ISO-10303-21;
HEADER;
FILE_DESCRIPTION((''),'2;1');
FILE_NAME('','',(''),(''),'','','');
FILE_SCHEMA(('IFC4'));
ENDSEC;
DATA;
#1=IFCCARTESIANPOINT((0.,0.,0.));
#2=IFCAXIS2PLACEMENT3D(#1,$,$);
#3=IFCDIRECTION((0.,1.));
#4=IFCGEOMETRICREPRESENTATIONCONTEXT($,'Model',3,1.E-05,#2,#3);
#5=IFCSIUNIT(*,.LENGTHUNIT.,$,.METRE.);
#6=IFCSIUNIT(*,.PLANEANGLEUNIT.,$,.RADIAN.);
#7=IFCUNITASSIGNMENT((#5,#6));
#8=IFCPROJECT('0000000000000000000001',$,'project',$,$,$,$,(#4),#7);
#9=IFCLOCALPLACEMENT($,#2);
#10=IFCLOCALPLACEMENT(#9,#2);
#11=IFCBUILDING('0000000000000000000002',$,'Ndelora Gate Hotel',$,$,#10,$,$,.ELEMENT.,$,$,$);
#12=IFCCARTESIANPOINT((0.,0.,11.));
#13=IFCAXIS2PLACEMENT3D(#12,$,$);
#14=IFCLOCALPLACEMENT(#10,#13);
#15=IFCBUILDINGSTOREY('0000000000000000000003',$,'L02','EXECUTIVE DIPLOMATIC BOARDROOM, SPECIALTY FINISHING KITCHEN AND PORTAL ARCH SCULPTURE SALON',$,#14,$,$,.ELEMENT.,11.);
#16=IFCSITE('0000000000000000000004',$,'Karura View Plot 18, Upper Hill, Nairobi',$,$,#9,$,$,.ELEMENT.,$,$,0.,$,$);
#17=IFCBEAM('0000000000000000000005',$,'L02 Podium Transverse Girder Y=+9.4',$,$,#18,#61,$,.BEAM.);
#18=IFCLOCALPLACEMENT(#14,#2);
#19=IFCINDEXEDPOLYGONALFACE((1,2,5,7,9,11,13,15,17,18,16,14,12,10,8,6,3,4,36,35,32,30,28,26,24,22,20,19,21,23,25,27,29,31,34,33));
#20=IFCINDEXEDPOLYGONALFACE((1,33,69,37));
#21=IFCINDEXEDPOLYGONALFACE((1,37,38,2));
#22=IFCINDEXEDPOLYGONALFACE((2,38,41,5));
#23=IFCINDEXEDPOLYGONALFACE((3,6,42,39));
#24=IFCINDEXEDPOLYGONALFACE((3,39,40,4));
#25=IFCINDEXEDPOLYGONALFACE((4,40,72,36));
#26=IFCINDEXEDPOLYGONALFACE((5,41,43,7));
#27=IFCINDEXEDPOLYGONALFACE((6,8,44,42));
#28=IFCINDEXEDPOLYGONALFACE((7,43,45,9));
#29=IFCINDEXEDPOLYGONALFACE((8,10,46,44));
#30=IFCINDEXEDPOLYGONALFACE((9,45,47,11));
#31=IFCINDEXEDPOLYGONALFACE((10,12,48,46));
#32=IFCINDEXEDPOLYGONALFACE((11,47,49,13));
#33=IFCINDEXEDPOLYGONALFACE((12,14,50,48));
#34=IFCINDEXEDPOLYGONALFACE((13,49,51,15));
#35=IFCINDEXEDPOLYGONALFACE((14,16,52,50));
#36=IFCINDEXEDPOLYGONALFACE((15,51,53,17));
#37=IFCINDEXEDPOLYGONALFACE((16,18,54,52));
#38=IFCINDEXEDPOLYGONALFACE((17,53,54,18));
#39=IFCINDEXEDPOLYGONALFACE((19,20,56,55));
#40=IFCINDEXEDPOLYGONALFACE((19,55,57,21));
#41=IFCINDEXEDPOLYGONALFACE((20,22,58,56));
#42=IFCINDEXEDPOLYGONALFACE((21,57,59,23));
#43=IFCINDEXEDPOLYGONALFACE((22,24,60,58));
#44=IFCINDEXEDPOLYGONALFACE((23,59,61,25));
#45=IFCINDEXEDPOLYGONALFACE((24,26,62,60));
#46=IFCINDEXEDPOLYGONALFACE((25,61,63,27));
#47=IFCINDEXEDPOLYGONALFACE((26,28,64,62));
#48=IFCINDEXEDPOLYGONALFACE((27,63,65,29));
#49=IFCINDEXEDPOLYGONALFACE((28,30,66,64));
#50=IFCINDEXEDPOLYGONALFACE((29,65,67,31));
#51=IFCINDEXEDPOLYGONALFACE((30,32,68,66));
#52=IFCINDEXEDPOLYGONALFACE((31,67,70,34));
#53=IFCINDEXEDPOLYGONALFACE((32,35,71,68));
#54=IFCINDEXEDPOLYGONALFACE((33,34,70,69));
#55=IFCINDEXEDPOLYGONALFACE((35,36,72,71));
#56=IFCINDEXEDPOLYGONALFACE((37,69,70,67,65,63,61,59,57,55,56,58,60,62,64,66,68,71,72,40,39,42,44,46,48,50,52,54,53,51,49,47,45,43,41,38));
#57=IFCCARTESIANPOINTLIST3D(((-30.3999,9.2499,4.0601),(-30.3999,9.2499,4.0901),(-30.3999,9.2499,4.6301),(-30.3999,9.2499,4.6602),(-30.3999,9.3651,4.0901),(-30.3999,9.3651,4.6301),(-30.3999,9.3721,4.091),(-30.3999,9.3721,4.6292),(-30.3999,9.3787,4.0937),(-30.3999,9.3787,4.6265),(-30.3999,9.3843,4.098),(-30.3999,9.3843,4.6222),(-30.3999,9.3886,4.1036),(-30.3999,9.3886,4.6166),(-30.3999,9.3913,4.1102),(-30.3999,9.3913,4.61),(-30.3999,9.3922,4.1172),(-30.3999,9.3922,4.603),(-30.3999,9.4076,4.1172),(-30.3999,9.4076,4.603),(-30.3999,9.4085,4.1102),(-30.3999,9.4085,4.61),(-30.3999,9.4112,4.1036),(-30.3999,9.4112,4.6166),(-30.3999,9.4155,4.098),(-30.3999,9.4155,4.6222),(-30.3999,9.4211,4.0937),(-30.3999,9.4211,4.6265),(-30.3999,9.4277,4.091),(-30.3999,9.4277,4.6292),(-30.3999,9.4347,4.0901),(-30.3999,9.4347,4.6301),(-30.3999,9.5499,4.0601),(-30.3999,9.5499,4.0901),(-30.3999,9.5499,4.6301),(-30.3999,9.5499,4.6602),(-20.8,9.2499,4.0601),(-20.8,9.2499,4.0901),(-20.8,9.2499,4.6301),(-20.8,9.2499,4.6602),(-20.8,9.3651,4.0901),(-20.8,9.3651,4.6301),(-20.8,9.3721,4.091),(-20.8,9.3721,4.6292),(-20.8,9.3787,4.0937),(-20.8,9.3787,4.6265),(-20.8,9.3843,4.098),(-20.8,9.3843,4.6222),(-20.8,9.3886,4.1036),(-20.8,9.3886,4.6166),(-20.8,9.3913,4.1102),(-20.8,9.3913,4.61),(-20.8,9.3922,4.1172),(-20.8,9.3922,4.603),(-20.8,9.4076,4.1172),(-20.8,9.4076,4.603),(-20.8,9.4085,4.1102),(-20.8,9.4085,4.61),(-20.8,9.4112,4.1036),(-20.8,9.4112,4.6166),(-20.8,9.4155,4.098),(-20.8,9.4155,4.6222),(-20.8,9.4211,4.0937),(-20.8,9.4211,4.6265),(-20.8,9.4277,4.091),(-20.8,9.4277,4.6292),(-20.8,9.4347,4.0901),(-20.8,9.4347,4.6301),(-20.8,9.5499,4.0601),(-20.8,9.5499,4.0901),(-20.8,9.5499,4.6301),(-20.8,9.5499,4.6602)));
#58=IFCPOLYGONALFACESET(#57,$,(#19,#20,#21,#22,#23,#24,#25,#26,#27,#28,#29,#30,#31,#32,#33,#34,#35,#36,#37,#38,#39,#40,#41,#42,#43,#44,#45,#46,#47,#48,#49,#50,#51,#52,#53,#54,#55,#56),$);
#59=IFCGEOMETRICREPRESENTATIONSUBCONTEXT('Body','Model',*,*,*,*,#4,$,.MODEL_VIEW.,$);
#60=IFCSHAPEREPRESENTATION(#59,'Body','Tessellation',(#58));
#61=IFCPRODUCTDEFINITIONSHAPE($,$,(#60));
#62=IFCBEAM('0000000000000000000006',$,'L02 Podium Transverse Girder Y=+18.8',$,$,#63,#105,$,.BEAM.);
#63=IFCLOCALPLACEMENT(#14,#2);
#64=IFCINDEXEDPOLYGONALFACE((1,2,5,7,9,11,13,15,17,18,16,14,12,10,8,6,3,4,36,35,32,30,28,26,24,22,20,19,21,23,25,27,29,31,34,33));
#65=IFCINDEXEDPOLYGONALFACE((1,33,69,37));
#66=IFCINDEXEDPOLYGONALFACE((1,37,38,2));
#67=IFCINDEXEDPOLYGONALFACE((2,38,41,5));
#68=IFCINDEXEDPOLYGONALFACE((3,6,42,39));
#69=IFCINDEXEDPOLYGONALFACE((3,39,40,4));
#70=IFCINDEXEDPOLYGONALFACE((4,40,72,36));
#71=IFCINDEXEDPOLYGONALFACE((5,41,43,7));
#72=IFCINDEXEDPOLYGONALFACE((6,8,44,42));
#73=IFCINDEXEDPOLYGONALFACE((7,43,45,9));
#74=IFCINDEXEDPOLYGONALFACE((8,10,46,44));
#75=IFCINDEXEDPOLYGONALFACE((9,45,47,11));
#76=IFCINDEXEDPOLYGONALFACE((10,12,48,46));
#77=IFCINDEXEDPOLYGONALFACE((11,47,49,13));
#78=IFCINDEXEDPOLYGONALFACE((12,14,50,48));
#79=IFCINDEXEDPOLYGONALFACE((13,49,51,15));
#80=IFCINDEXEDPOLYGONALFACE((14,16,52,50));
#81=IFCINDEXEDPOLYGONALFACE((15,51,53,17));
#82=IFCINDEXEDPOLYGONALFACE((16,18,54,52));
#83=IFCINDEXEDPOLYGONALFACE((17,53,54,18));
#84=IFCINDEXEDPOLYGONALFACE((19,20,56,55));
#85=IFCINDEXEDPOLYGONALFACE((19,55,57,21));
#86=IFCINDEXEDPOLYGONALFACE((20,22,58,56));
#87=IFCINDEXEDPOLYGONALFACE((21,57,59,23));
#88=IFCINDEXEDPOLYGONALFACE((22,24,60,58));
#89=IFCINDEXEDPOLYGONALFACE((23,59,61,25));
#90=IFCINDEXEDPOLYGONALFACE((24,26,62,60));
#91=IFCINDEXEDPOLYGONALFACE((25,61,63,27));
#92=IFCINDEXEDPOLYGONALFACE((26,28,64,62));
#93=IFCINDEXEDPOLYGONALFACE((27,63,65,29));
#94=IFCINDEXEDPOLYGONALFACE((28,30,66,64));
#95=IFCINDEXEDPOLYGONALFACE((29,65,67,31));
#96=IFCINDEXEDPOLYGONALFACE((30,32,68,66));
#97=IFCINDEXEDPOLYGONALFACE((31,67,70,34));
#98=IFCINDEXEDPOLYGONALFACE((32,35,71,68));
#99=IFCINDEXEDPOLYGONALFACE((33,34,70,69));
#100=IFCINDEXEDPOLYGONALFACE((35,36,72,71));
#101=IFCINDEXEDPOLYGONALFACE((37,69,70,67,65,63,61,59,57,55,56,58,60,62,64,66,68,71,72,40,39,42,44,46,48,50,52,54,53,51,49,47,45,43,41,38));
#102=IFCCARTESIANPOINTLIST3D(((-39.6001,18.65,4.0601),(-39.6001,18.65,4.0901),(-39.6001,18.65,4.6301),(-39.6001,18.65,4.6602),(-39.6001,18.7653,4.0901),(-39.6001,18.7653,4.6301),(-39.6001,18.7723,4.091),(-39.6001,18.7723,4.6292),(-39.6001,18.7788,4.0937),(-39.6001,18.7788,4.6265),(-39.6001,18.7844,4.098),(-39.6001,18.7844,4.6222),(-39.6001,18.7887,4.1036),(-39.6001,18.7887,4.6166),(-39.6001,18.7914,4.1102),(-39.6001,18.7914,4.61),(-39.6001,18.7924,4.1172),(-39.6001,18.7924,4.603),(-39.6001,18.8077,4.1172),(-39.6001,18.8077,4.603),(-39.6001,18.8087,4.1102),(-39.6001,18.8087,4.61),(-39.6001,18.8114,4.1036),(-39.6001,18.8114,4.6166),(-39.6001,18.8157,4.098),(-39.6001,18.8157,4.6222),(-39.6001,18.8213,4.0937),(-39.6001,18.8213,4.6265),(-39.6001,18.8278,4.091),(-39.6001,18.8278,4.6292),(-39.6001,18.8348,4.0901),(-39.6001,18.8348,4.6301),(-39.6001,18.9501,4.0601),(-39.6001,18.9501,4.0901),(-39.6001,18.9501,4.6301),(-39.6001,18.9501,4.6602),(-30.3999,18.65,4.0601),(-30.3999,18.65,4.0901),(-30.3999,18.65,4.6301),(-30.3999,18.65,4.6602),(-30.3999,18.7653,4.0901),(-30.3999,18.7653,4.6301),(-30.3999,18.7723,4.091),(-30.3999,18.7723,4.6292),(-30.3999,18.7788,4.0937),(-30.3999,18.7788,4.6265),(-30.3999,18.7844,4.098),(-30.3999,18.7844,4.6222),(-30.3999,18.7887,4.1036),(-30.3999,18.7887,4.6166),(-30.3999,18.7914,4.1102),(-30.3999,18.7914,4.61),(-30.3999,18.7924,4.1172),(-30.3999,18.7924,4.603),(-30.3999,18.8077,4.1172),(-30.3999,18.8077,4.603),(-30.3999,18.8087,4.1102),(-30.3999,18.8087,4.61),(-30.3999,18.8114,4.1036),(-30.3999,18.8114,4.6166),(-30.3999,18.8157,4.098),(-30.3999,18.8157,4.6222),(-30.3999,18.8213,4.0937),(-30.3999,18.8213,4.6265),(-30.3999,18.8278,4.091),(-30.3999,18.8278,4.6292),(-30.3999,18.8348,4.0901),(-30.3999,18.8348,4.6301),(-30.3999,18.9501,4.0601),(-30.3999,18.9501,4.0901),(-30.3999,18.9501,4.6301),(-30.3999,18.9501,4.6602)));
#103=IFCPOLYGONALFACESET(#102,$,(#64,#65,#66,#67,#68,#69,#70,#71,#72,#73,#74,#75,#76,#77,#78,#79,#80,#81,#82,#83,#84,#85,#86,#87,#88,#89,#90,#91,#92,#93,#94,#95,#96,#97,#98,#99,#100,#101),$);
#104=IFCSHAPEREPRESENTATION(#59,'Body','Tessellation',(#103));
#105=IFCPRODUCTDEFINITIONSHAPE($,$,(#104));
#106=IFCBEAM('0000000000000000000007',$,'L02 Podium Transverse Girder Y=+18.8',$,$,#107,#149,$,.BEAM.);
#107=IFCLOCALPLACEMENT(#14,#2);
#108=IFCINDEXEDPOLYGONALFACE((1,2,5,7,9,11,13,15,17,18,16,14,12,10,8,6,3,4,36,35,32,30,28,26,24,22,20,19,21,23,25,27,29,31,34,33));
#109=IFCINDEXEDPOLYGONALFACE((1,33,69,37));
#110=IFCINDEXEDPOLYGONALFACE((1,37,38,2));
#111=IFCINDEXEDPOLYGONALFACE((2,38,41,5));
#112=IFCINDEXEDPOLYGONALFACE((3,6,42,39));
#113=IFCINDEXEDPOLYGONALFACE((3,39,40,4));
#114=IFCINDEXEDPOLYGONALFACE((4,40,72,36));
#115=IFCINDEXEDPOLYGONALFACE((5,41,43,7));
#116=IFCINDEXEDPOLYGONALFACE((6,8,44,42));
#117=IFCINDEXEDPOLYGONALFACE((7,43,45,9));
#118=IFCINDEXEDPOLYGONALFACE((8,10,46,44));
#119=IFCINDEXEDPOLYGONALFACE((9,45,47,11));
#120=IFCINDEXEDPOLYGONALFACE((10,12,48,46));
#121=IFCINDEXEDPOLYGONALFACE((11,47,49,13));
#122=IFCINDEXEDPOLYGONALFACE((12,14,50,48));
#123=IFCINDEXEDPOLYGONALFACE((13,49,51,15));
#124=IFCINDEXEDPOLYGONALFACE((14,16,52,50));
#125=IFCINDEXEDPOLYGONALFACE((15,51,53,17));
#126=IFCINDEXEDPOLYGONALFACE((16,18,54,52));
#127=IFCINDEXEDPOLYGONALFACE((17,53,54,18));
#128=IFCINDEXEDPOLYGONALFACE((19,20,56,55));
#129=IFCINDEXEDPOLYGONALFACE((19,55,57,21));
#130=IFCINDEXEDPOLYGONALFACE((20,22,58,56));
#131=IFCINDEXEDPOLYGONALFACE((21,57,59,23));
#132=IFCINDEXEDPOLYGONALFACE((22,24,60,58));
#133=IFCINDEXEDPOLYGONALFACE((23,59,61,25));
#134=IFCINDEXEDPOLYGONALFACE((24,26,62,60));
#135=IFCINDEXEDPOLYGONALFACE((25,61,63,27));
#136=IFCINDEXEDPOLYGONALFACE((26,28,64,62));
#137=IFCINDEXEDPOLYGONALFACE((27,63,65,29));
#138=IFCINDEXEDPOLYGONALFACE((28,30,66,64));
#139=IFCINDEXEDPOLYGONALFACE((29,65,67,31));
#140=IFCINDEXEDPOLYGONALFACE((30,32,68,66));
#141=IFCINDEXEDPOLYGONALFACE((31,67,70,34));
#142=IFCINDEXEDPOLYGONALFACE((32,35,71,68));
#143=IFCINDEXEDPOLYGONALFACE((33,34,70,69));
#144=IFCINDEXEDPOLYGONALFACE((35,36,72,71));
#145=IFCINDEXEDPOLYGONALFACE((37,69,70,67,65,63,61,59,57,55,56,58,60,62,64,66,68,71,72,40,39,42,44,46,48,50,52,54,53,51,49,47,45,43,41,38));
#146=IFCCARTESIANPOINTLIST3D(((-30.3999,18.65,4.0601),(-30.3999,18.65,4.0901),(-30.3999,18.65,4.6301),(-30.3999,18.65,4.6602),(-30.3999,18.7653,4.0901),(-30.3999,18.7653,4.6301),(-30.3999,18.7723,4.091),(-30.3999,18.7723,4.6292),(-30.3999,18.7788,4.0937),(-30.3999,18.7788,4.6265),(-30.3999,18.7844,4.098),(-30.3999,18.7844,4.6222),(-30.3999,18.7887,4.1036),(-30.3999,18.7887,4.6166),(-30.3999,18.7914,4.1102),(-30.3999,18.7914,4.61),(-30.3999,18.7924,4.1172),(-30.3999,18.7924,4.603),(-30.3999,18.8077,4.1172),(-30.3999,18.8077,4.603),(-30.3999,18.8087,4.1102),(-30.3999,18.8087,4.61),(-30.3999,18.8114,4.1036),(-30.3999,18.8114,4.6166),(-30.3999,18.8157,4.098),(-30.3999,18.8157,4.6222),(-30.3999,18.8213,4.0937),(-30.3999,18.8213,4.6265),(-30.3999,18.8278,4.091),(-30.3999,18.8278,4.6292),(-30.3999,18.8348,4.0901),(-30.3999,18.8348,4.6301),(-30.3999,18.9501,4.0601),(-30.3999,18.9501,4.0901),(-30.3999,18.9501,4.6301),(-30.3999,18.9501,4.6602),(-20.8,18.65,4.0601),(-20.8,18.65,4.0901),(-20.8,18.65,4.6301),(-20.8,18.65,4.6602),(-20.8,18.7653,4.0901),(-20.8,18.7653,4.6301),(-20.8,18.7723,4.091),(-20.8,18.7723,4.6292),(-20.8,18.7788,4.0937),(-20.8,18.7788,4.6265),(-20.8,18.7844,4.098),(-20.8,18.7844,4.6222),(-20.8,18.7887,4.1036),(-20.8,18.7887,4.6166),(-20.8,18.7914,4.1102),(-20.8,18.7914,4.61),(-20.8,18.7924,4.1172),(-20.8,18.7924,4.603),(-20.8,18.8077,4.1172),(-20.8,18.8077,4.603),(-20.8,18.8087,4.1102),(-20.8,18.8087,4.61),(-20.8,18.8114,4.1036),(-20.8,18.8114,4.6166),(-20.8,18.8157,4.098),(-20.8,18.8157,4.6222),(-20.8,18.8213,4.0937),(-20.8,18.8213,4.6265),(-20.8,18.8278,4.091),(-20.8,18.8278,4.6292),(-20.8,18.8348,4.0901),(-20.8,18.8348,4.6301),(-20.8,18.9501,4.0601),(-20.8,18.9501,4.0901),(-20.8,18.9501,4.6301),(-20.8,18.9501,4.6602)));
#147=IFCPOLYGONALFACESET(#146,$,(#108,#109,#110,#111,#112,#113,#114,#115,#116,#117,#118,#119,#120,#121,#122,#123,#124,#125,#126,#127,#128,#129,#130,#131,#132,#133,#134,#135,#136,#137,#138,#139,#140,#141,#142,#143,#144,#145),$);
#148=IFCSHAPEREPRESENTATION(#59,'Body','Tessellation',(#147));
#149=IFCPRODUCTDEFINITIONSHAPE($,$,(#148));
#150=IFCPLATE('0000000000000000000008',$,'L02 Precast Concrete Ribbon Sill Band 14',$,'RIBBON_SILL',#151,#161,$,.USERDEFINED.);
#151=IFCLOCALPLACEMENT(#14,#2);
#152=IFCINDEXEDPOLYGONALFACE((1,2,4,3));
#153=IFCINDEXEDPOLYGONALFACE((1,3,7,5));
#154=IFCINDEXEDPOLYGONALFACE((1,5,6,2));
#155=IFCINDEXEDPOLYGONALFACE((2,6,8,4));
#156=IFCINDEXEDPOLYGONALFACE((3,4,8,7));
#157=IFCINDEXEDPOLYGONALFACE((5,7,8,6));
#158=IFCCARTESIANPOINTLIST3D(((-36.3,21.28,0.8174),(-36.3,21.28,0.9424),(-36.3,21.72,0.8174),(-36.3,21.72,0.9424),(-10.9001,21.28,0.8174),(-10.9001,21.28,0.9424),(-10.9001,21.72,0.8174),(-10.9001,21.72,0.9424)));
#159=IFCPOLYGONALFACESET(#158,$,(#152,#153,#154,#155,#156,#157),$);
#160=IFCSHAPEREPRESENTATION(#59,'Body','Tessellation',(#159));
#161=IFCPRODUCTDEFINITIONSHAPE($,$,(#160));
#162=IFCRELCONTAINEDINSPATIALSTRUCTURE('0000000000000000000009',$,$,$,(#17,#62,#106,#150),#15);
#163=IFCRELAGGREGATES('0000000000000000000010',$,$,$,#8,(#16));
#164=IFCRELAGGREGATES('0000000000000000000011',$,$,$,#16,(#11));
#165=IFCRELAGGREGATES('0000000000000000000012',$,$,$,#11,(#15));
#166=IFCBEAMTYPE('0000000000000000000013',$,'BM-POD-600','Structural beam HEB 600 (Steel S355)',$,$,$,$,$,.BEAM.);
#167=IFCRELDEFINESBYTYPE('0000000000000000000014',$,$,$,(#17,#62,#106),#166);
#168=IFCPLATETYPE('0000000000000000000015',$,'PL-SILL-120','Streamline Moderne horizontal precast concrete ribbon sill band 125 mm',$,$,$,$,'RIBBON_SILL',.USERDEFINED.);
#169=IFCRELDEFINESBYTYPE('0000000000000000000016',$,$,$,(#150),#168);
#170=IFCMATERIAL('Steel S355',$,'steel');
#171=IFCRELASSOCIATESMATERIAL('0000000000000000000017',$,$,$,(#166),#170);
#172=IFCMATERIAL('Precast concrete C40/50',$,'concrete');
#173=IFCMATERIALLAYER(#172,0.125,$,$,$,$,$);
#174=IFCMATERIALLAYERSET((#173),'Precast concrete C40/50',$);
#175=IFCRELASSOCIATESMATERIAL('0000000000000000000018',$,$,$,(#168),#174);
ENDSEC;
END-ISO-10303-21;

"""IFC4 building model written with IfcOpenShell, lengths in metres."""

from ifc_helpers import new_model, si_unit, direction, frame, origin, origin_2d, place, context, subcontext, project, spatial, rectangle, i_section, extrude, material, layer, layer_set, material_profile, profile_set, type_object, element, save


model = new_model("IFC4")

# Units and contexts
model_context = context("Model", 3, precision=1e-05, world=origin(), true_north=direction((0.0, 1.0)))
body_context = subcontext(model_context, "Body", "Model", "MODEL_VIEW")
ifc_project = project(units=[si_unit("LENGTHUNIT", "METRE"), si_unit("PLANEANGLEUNIT", "RADIAN")], contexts=[model_context])

# Site, building, storey
site_placement = place(None, origin())
site = spatial("IfcSite", under=ifc_project, at=site_placement, Name="Karura View Plot 18, Upper Hill, Nairobi", CompositionType="ELEMENT", RefElevation=0.0)
building_placement = place(site_placement, origin())
building = spatial("IfcBuilding", under=site, at=building_placement, Name="Ndelora Gate Hotel", CompositionType="ELEMENT")
storey_placement = place(building_placement, frame((0.0, 0.0, 11.0)))
storey = spatial("IfcBuildingStorey", under=building, at=storey_placement, Name="L02", Description="EXECUTIVE DIPLOMATIC BOARDROOM, SPECIALTY FINISHING KITCHEN AND PORTAL ARCH SCULPTURE SALON", CompositionType="ELEMENT", Elevation=11.0)

# Beams
ifc_material_1 = material(Name="Steel S355", Category="steel")
ifc_material_profile_1 = material_profile(ifc_material_1, i_section(OverallWidth=0.3, OverallDepth=0.6001, WebThickness=0.0154, FlangeThickness=0.03, FilletRadius=0.0271, at=origin_2d()), Name="HEB 600")
ifc_profile_set_1 = profile_set([ifc_material_profile_1], Name="Steel S355")
beam_type_1 = type_object("IfcBeamType", Name="BM-POD-600", Description="Structural beam HEB 600 (Steel S355)", PredefinedType="BEAM", material=ifc_profile_set_1)
beam_1_placement = place(storey_placement, frame((-30.3999, 9.3999, 4.3601), z_axis=(1.0, 0.0, 0.0), x_axis=(0.0, 1.0, 0.0)))
element("IfcBeam", 1, at=beam_1_placement, inside=storey, type_object=beam_type_1, Name="L02 Podium Transverse Girder Y=+9.4", PredefinedType="BEAM", context=body_context, shape_type="SweptSolid", body=[
    extrude(i_section(OverallWidth=0.3, OverallDepth=0.6001, WebThickness=0.0154, FlangeThickness=0.03, FilletRadius=0.0271, at=origin_2d()), origin(), (0.0, 0.0, 1.0), 9.5999),
])
beam_2_placement = place(storey_placement, frame((-39.6001, 18.8, 4.3601), z_axis=(1.0, 0.0, 0.0), x_axis=(0.0, 1.0, 0.0)))
element("IfcBeam", 2, at=beam_2_placement, inside=storey, type_object=beam_type_1, Name="L02 Podium Transverse Girder Y=+18.8", PredefinedType="BEAM", context=body_context, shape_type="SweptSolid", body=[
    extrude(i_section(OverallWidth=0.3, OverallDepth=0.6001, WebThickness=0.0154, FlangeThickness=0.03, FilletRadius=0.0271, at=origin_2d()), origin(), (0.0, 0.0, 1.0), 9.2002),
])
beam_3_placement = place(storey_placement, frame((-30.3999, 18.8, 4.3601), z_axis=(1.0, 0.0, 0.0), x_axis=(0.0, 1.0, 0.0)))
element("IfcBeam", 3, at=beam_3_placement, inside=storey, type_object=beam_type_1, Name="L02 Podium Transverse Girder Y=+18.8", PredefinedType="BEAM", context=body_context, shape_type="SweptSolid", body=[
    extrude(i_section(OverallWidth=0.3, OverallDepth=0.6001, WebThickness=0.0154, FlangeThickness=0.03, FilletRadius=0.0271, at=origin_2d()), origin(), (0.0, 0.0, 1.0), 9.5999),
])

# Plate
ifc_material_2 = material(Name="Precast concrete C40/50", Category="concrete")
ifc_layer_1 = layer(ifc_material_2, 0.125)
ifc_layer_set_1 = layer_set([ifc_layer_1], Name="Precast concrete C40/50")
plate_type = type_object("IfcPlateType", Name="PL-SILL-120", Description="Streamline Moderne horizontal precast concrete ribbon sill band 125 mm", ElementType="RIBBON_SILL", PredefinedType="USERDEFINED", material=ifc_layer_set_1)
plate_placement = place(storey_placement, frame((-23.6001, 21.5, 0.8174), z_axis=(0.0, 0.0, 1.0), x_axis=(1.0, 0.0, 0.0)))
element("IfcPlate", 4, at=plate_placement, inside=storey, type_object=plate_type, Name="L02 Precast Concrete Ribbon Sill Band 14", ObjectType="RIBBON_SILL", PredefinedType="USERDEFINED", context=body_context, shape_type="SweptSolid", body=[
    extrude(rectangle(XDim=25.3999, YDim=0.4399, at=origin_2d()), origin(), (0.0, 0.0, 1.0), 0.125),
])

save(model, "model.ifc")
